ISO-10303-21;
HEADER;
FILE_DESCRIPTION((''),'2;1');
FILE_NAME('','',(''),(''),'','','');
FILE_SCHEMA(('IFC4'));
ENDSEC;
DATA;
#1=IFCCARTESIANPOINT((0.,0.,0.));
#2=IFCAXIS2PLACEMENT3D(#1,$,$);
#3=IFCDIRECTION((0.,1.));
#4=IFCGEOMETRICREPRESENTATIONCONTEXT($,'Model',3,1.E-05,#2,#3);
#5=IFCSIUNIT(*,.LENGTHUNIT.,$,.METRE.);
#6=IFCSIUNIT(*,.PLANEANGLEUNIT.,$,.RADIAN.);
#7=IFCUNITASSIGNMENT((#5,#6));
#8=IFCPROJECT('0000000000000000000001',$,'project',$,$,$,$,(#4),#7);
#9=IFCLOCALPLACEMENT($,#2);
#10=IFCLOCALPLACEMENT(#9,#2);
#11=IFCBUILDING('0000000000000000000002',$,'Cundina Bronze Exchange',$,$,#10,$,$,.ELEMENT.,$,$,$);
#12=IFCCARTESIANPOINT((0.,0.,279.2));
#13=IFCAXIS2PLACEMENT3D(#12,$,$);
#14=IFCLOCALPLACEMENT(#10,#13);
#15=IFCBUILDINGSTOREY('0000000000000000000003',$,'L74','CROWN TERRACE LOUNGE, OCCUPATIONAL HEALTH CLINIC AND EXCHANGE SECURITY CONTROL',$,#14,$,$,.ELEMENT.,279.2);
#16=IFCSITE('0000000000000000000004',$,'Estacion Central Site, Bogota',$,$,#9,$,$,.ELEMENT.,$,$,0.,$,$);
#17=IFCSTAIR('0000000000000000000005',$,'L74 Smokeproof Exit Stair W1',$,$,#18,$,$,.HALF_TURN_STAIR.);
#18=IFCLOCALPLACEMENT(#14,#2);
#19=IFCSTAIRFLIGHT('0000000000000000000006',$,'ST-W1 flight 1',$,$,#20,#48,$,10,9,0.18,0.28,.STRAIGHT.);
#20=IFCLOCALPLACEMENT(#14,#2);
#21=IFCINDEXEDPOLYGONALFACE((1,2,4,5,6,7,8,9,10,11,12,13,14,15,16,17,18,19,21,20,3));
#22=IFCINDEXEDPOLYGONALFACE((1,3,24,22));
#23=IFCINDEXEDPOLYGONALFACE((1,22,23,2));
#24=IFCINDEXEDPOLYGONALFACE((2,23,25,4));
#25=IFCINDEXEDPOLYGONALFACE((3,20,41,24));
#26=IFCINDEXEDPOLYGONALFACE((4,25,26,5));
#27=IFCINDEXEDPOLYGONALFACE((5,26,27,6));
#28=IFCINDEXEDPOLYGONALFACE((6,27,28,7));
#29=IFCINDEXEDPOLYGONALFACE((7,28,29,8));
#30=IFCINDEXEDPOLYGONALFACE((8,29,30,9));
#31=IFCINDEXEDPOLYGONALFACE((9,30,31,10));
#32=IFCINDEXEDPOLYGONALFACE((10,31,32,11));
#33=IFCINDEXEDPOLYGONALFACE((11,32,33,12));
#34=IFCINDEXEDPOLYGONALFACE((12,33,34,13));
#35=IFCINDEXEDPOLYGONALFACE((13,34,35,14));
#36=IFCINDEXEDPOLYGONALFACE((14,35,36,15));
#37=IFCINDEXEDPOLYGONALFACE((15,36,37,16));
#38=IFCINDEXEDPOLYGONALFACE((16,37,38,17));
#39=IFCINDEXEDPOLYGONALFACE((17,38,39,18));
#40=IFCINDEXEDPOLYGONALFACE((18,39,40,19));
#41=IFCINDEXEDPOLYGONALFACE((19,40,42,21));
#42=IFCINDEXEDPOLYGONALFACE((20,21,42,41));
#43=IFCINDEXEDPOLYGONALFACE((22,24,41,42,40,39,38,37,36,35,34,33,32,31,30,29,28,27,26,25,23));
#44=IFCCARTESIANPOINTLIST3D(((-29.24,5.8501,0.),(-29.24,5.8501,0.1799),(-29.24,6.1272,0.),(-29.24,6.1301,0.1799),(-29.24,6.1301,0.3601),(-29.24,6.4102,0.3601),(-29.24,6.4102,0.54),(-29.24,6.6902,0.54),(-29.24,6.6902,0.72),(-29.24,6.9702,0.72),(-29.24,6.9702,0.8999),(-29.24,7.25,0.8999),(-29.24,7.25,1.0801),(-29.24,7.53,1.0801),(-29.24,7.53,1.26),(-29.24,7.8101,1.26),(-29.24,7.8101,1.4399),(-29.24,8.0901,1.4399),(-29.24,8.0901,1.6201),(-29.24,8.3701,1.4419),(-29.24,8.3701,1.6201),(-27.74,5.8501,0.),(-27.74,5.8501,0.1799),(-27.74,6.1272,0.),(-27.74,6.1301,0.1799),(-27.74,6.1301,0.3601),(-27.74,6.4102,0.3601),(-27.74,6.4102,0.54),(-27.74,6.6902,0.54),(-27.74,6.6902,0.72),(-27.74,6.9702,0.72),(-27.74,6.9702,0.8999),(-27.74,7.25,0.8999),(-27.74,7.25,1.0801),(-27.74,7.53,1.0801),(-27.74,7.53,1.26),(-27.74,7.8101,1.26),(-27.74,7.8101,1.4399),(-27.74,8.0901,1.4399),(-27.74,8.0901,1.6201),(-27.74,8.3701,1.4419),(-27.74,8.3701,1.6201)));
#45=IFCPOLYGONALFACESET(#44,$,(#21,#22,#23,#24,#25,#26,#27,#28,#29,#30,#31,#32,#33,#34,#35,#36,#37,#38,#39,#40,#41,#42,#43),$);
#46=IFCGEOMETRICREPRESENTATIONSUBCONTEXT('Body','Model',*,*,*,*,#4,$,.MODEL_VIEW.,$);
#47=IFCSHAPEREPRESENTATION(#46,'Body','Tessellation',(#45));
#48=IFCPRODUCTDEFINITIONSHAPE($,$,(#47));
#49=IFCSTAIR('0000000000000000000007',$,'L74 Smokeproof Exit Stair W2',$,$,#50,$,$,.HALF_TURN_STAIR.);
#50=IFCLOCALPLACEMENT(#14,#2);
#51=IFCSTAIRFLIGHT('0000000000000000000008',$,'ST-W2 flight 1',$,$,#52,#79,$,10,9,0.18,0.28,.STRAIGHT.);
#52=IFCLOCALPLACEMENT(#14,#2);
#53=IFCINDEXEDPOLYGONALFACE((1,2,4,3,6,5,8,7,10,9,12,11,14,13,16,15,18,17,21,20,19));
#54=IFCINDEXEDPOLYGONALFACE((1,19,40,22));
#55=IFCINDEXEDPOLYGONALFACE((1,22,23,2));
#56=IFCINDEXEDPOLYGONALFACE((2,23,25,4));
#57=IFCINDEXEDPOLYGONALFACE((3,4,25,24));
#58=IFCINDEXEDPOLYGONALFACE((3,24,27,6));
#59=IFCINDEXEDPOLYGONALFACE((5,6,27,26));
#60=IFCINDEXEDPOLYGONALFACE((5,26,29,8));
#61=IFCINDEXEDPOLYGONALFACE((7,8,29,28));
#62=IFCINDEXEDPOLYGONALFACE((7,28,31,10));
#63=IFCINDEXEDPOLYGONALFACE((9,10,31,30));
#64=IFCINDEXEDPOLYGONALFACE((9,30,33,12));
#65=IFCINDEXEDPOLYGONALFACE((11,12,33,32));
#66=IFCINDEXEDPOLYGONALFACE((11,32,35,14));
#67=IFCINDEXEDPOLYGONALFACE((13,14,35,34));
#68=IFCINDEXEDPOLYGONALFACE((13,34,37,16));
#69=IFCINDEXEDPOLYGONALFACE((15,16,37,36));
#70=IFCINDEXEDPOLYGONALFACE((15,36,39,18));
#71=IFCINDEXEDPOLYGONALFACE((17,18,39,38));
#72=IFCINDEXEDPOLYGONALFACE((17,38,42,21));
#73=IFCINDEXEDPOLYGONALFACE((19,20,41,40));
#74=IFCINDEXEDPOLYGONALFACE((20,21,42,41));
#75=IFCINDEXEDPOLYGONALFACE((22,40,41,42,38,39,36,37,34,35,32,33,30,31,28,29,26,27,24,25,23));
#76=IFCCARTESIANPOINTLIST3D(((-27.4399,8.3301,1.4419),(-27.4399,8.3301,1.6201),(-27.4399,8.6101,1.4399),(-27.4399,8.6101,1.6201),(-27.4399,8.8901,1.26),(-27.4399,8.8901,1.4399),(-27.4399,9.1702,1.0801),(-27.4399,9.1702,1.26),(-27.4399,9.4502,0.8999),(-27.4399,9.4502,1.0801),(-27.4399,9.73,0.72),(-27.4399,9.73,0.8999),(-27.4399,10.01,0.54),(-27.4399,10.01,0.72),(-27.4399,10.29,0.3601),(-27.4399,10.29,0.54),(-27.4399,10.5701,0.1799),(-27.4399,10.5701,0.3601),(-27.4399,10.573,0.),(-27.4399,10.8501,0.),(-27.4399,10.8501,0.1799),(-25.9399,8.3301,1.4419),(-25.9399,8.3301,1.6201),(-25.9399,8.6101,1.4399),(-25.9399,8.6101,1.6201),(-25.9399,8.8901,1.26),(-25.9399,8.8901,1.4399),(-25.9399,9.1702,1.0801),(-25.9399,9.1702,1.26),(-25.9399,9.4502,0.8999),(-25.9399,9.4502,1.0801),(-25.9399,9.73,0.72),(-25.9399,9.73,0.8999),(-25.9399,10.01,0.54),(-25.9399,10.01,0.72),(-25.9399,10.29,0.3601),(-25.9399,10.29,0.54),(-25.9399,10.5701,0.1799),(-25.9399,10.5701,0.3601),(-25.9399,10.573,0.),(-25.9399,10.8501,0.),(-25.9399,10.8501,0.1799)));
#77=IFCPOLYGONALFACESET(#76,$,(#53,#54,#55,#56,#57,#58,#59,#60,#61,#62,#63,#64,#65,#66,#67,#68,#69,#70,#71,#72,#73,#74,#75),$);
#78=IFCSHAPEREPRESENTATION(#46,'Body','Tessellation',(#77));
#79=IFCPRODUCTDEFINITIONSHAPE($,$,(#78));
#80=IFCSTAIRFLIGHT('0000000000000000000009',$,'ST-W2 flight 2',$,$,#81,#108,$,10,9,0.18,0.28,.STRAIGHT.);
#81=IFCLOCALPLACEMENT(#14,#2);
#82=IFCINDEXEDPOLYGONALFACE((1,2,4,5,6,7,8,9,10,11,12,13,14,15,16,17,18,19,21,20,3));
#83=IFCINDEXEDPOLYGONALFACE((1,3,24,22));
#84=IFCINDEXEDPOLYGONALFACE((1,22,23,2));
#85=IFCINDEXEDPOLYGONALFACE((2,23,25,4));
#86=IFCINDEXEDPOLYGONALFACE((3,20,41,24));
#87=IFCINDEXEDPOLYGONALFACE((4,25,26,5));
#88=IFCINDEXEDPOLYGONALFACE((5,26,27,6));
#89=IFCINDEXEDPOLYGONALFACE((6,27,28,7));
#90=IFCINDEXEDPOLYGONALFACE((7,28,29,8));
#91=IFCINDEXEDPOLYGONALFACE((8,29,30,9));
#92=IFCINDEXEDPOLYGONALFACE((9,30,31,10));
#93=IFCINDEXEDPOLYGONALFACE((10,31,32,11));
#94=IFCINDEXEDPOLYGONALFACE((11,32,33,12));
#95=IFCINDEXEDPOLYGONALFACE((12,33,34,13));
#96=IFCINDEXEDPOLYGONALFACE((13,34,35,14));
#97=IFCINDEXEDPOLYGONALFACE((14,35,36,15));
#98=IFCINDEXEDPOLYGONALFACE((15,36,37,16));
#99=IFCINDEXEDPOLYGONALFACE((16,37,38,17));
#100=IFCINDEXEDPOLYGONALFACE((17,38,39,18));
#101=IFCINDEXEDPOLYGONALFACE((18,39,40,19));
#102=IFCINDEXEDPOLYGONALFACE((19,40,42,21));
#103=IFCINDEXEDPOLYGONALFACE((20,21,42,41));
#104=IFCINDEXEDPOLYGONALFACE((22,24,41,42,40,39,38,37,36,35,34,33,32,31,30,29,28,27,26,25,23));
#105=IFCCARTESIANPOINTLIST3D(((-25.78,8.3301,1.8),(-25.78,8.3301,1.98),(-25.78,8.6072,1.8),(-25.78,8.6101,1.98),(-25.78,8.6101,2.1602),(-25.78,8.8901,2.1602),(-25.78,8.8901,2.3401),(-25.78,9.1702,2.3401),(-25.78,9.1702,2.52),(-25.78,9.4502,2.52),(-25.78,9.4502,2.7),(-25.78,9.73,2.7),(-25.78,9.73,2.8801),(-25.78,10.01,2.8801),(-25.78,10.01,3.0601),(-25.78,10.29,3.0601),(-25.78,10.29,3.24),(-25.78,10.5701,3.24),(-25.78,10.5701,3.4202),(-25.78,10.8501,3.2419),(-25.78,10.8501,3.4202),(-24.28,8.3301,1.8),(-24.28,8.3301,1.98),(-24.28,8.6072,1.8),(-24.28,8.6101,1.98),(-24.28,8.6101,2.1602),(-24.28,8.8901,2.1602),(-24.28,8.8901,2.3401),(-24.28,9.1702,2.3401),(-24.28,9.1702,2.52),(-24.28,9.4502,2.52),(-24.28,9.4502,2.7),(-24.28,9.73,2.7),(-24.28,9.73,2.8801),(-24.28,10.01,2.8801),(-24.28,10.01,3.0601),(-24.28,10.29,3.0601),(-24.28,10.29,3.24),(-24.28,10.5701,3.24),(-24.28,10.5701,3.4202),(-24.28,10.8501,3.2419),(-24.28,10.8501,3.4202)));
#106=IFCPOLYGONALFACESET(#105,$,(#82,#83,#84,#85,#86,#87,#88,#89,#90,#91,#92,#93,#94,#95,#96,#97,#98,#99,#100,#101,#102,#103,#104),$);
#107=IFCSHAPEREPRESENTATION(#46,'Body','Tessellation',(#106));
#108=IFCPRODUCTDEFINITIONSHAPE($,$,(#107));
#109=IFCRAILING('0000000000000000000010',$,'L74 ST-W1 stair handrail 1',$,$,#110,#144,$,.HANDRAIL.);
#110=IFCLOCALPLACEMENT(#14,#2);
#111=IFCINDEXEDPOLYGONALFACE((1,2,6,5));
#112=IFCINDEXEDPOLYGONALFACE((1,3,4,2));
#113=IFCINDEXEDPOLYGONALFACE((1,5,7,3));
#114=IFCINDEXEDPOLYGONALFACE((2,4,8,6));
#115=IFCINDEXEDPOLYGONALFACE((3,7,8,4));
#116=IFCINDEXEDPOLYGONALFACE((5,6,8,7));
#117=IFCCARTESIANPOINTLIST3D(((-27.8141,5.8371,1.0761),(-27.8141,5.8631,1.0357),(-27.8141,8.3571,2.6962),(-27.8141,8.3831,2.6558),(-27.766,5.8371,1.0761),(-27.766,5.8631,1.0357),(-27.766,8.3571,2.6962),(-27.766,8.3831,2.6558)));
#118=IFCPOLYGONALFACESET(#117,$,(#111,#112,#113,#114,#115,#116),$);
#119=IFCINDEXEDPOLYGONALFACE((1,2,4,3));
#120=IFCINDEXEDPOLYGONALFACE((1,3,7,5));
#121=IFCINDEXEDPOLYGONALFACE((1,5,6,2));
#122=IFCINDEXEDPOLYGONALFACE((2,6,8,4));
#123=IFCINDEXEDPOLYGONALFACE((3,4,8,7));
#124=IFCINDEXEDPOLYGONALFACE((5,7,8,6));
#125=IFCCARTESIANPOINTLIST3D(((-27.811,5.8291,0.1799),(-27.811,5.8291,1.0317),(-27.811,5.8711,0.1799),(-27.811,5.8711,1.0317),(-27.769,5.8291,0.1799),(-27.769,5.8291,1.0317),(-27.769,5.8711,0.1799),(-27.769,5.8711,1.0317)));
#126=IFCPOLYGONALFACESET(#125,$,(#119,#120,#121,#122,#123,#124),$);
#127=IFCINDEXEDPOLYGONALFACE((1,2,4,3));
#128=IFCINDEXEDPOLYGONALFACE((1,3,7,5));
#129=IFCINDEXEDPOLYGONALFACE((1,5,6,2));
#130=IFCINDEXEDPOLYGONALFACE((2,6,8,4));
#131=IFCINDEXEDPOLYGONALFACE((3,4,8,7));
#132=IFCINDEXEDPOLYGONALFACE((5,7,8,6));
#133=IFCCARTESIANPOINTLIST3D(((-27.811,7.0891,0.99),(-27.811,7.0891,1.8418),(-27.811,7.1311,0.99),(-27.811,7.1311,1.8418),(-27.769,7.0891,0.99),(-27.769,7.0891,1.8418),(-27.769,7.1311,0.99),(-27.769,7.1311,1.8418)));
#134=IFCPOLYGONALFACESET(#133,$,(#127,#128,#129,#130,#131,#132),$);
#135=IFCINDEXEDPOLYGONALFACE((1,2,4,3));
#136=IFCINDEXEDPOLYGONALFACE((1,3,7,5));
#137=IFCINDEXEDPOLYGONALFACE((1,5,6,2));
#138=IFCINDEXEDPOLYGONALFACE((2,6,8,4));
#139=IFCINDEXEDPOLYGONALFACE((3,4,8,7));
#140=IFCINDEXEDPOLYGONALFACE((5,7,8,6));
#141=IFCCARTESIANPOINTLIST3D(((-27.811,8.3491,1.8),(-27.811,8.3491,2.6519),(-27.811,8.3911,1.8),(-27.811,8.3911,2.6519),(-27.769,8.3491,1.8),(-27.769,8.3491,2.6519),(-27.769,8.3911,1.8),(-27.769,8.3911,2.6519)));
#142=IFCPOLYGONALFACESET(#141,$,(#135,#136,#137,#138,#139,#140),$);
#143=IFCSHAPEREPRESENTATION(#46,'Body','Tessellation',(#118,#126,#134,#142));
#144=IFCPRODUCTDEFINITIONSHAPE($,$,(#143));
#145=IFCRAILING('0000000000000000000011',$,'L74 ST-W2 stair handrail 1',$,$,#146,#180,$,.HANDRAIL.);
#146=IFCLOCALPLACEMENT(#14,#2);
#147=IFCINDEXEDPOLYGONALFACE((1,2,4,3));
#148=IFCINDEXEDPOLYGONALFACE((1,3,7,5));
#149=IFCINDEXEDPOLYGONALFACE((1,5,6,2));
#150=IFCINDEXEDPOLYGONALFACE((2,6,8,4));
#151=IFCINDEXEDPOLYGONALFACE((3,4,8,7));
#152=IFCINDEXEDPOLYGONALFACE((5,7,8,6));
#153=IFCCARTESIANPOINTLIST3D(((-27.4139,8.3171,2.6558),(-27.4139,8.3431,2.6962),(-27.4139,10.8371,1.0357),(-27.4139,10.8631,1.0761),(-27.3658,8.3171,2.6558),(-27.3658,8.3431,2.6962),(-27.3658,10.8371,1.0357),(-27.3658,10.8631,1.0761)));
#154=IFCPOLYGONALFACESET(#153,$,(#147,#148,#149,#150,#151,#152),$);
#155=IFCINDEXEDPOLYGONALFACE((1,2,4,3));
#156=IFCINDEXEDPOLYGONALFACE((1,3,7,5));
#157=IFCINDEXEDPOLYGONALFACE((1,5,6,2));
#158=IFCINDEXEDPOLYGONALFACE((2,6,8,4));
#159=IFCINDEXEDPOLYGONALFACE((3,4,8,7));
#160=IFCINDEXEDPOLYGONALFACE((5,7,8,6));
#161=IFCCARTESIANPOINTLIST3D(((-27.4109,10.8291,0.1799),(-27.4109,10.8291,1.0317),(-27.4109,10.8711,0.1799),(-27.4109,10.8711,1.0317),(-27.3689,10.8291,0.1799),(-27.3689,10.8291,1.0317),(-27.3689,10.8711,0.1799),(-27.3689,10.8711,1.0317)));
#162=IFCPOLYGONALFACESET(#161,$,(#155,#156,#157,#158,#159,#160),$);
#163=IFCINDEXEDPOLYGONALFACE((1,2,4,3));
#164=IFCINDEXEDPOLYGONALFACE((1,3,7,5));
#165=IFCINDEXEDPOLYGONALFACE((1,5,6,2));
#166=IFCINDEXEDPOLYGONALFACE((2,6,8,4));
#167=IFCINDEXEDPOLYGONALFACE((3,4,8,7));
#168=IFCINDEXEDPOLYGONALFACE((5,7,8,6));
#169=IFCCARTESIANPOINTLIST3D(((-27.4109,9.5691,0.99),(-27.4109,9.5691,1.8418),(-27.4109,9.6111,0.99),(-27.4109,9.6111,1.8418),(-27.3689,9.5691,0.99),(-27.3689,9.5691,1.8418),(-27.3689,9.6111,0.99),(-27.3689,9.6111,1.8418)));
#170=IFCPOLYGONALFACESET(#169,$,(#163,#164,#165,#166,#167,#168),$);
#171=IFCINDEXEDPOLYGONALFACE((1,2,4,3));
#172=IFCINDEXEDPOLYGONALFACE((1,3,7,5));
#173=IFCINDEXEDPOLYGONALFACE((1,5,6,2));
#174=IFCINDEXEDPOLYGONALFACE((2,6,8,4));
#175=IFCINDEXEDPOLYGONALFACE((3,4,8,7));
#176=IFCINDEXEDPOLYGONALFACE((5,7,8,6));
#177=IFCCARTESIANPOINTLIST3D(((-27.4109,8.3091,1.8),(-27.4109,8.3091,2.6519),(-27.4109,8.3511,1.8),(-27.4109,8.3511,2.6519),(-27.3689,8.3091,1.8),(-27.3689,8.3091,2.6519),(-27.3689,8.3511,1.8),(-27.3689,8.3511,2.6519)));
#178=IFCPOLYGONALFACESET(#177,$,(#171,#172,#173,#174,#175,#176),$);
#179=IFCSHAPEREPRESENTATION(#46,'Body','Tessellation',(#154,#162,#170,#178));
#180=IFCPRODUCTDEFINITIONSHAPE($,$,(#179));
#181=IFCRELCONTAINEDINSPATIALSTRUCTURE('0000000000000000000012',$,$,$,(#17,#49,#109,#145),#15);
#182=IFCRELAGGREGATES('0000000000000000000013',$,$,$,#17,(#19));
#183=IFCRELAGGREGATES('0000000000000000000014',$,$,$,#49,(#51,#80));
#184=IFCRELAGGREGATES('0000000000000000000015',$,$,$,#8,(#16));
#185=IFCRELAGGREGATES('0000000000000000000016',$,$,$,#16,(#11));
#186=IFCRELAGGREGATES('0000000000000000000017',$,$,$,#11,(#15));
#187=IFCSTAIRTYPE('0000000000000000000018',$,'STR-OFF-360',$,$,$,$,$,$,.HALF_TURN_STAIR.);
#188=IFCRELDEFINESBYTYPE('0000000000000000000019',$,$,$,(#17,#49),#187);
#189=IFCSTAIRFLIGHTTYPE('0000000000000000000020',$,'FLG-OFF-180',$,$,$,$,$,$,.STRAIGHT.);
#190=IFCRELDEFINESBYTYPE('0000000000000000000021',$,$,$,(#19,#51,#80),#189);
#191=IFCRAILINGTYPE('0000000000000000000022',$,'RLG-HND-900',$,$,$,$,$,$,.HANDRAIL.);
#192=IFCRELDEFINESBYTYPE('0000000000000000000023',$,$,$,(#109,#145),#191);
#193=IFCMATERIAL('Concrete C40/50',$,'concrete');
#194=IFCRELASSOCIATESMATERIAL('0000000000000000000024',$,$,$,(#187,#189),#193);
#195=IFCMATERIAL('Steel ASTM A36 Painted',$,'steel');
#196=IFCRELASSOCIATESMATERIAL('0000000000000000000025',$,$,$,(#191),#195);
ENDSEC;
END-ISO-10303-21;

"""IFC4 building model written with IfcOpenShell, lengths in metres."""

from ifc_helpers import new_model, si_unit, direction, frame, origin, origin_2d, place, context, subcontext, project, spatial, polyline, rectangle, outline, extrude, material, type_object, element, aggregate, save


model = new_model("IFC4")

# Units and contexts
model_context = context("Model", 3, precision=1e-05, world=origin(), true_north=direction((0.0, 1.0)))
body_context = subcontext(model_context, "Body", "Model", "MODEL_VIEW")
ifc_project = project(units=[si_unit("LENGTHUNIT", "METRE"), si_unit("PLANEANGLEUNIT", "RADIAN")], contexts=[model_context])

# Site, building, storey
site_placement = place(None, origin())
site = spatial("IfcSite", under=ifc_project, at=site_placement, Name="Estacion Central Site, Bogota", CompositionType="ELEMENT", RefElevation=0.0)
building_placement = place(site_placement, origin())
building = spatial("IfcBuilding", under=site, at=building_placement, Name="Cundina Bronze Exchange", CompositionType="ELEMENT")
storey_placement = place(building_placement, frame((0.0, 0.0, 279.2)))
storey = spatial("IfcBuildingStorey", under=building, at=storey_placement, Name="L74", Description="CROWN TERRACE LOUNGE, OCCUPATIONAL HEALTH CLINIC AND EXCHANGE SECURITY CONTROL", CompositionType="ELEMENT", Elevation=279.2)

# Shared definitions
ifc_material_1 = material(Name="Steel ASTM A36 Painted", Category="steel")

# Stair, stair flight
ifc_material_2 = material(Name="Concrete C40/50", Category="concrete")
stair_type = type_object("IfcStairType", Name="STR-OFF-360", PredefinedType="HALF_TURN_STAIR", material=ifc_material_2)
stair_1_placement = place(storey_placement, origin())
stair_1 = element("IfcStair", 1, at=stair_1_placement, inside=storey, type_object=stair_type, Name="L74 Smokeproof Exit Stair W1", PredefinedType="HALF_TURN_STAIR")
stair_flight_type = type_object("IfcStairFlightType", Name="FLG-OFF-180", PredefinedType="STRAIGHT", material=ifc_material_2)
stair_flight_1_placement = place(storey_placement, frame((-28.49, 5.8501, 0.0), z_axis=(0.0, 0.0, 1.0), x_axis=(0.0, 1.0, 0.0)))
stair_flight_1 = element("IfcStairFlight", 2, at=stair_flight_1_placement, type_object=stair_flight_type, Name="ST-W1 flight 1", NumberOfRisers=10, NumberOfTreads=9, PredefinedType="STRAIGHT", RiserHeight=0.18, TreadLength=0.28, context=body_context, shape_type="SweptSolid", body=[
    extrude(outline(polyline([(0.0, 0.0), (0.0, 0.1799), (0.28, 0.1799), (0.28, 0.3601), (0.5601, 0.3601), (0.5601, 0.54), (0.8401, 0.54), (0.8401, 0.72), (1.1201, 0.72), (1.1201, 0.8999), (1.3999, 0.8999), (1.3999, 1.0801), (1.6799, 1.0801), (1.6799, 1.26), (1.96, 1.26), (1.96, 1.4399), (2.24, 1.4399), (2.24, 1.6201), (2.52, 1.6201), (2.52, 1.8), (2.52, 1.4419), (0.2771, 0.0), (0.0, 0.0)])), frame((0.0, 0.75, 0.0), z_axis=(0.0, -1.0, 0.0), x_axis=(1.0, 0.0, 0.0)), (0.0, 0.0, 1.0), 1.5),
])
aggregate(stair_1, [stair_flight_1])

# Stair, stair flights
stair_2_placement = place(storey_placement, origin())
stair_2 = element("IfcStair", 3, at=stair_2_placement, inside=storey, type_object=stair_type, Name="L74 Smokeproof Exit Stair W2", PredefinedType="HALF_TURN_STAIR")
stair_flight_2_placement = place(storey_placement, frame((-26.6899, 10.8501, 0.0), z_axis=(0.0, 0.0, 1.0), x_axis=(0.0, -1.0, 0.0)))
stair_flight_2 = element("IfcStairFlight", 4, at=stair_flight_2_placement, type_object=stair_flight_type, Name="ST-W2 flight 1", NumberOfRisers=10, NumberOfTreads=9, PredefinedType="STRAIGHT", RiserHeight=0.18, TreadLength=0.28, context=body_context, shape_type="SweptSolid", body=[
    extrude(outline(polyline([(0.0, 0.0), (0.0, 0.1799), (0.28, 0.1799), (0.28, 0.3601), (0.5601, 0.3601), (0.5601, 0.54), (0.8401, 0.54), (0.8401, 0.72), (1.1201, 0.72), (1.1201, 0.8999), (1.3999, 0.8999), (1.3999, 1.0801), (1.6799, 1.0801), (1.6799, 1.26), (1.96, 1.26), (1.96, 1.4399), (2.24, 1.4399), (2.24, 1.6201), (2.52, 1.6201), (2.52, 1.8), (2.52, 1.4419), (0.2771, 0.0), (0.0, 0.0)])), frame((0.0, 0.75, 0.0), z_axis=(0.0, -1.0, 0.0), x_axis=(1.0, 0.0, 0.0)), (0.0, 0.0, 1.0), 1.5),
])
stair_flight_3_placement = place(storey_placement, frame((-25.03, 8.3301, 1.8), z_axis=(0.0, 0.0, 1.0), x_axis=(0.0, 1.0, 0.0)))
stair_flight_3 = element("IfcStairFlight", 5, at=stair_flight_3_placement, type_object=stair_flight_type, Name="ST-W2 flight 2", NumberOfRisers=10, NumberOfTreads=9, PredefinedType="STRAIGHT", RiserHeight=0.18, TreadLength=0.28, context=body_context, shape_type="SweptSolid", body=[
    extrude(outline(polyline([(0.0, 0.0), (0.0, 0.1799), (0.28, 0.1799), (0.28, 0.3601), (0.5601, 0.3601), (0.5601, 0.54), (0.8401, 0.54), (0.8401, 0.72), (1.1201, 0.72), (1.1201, 0.8999), (1.3999, 0.8999), (1.3999, 1.0801), (1.6799, 1.0801), (1.6799, 1.26), (1.96, 1.26), (1.96, 1.4399), (2.24, 1.4399), (2.24, 1.6201), (2.52, 1.6201), (2.52, 1.8), (2.52, 1.4419), (0.2771, 0.0), (0.0, 0.0)])), frame((0.0, 0.75, 0.0), z_axis=(0.0, -1.0, 0.0), x_axis=(1.0, 0.0, 0.0)), (0.0, 0.0, 1.0), 1.5),
])
aggregate(stair_2, [stair_flight_2, stair_flight_3])

# Railings
railing_type_1 = type_object("IfcRailingType", Name="RLG-HND-900", PredefinedType="HANDRAIL", material=ifc_material_1)
railing_1_placement = place(storey_placement, frame((-27.79, 5.8501, 0.1799)))
element("IfcRailing", 6, at=railing_1_placement, inside=storey, type_object=railing_type_1, Name="L74 ST-W1 stair handrail 1", PredefinedType="HANDRAIL", context=body_context, shape_type="SweptSolid", body=[
    extrude(rectangle(XDim=0.0481, YDim=0.0481, at=origin_2d()), frame((0.0, 0.0, 0.876), z_axis=(0.0, 0.841163, 0.540782), x_axis=(-1.0, 0.0, 0.0)), (0.0, 0.0, 1.0), 2.9958),
    extrude(rectangle(XDim=0.042, YDim=0.042, at=origin_2d()), origin(), (0.0, 0.0, 1.0), 0.8518),
    extrude(rectangle(XDim=0.042, YDim=0.042, at=origin_2d()), frame((0.0, 1.26, 0.8101)), (0.0, 0.0, 1.0), 0.8518),
    extrude(rectangle(XDim=0.042, YDim=0.042, at=origin_2d()), frame((0.0, 2.52, 1.6201)), (0.0, 0.0, 1.0), 0.8518),
])
railing_2_placement = place(storey_placement, frame((-27.3899, 10.8501, 0.1799)))
element("IfcRailing", 7, at=railing_2_placement, inside=storey, type_object=railing_type_1, Name="L74 ST-W2 stair handrail 1", PredefinedType="HANDRAIL", context=body_context, shape_type="SweptSolid", body=[
    extrude(rectangle(XDim=0.0481, YDim=0.0481, at=origin_2d()), frame((0.0, 0.0, 0.876), z_axis=(0.0, -0.841163, 0.540782), x_axis=(1.0, 0.0, 0.0)), (0.0, 0.0, 1.0), 2.9958),
    extrude(rectangle(XDim=0.042, YDim=0.042, at=origin_2d()), origin(), (0.0, 0.0, 1.0), 0.8518),
    extrude(rectangle(XDim=0.042, YDim=0.042, at=origin_2d()), frame((0.0, -1.26, 0.8101)), (0.0, 0.0, 1.0), 0.8518),
    extrude(rectangle(XDim=0.042, YDim=0.042, at=origin_2d()), frame((0.0, -2.52, 1.6201)), (0.0, 0.0, 1.0), 0.8518),
])

save(model, "model.ifc")
